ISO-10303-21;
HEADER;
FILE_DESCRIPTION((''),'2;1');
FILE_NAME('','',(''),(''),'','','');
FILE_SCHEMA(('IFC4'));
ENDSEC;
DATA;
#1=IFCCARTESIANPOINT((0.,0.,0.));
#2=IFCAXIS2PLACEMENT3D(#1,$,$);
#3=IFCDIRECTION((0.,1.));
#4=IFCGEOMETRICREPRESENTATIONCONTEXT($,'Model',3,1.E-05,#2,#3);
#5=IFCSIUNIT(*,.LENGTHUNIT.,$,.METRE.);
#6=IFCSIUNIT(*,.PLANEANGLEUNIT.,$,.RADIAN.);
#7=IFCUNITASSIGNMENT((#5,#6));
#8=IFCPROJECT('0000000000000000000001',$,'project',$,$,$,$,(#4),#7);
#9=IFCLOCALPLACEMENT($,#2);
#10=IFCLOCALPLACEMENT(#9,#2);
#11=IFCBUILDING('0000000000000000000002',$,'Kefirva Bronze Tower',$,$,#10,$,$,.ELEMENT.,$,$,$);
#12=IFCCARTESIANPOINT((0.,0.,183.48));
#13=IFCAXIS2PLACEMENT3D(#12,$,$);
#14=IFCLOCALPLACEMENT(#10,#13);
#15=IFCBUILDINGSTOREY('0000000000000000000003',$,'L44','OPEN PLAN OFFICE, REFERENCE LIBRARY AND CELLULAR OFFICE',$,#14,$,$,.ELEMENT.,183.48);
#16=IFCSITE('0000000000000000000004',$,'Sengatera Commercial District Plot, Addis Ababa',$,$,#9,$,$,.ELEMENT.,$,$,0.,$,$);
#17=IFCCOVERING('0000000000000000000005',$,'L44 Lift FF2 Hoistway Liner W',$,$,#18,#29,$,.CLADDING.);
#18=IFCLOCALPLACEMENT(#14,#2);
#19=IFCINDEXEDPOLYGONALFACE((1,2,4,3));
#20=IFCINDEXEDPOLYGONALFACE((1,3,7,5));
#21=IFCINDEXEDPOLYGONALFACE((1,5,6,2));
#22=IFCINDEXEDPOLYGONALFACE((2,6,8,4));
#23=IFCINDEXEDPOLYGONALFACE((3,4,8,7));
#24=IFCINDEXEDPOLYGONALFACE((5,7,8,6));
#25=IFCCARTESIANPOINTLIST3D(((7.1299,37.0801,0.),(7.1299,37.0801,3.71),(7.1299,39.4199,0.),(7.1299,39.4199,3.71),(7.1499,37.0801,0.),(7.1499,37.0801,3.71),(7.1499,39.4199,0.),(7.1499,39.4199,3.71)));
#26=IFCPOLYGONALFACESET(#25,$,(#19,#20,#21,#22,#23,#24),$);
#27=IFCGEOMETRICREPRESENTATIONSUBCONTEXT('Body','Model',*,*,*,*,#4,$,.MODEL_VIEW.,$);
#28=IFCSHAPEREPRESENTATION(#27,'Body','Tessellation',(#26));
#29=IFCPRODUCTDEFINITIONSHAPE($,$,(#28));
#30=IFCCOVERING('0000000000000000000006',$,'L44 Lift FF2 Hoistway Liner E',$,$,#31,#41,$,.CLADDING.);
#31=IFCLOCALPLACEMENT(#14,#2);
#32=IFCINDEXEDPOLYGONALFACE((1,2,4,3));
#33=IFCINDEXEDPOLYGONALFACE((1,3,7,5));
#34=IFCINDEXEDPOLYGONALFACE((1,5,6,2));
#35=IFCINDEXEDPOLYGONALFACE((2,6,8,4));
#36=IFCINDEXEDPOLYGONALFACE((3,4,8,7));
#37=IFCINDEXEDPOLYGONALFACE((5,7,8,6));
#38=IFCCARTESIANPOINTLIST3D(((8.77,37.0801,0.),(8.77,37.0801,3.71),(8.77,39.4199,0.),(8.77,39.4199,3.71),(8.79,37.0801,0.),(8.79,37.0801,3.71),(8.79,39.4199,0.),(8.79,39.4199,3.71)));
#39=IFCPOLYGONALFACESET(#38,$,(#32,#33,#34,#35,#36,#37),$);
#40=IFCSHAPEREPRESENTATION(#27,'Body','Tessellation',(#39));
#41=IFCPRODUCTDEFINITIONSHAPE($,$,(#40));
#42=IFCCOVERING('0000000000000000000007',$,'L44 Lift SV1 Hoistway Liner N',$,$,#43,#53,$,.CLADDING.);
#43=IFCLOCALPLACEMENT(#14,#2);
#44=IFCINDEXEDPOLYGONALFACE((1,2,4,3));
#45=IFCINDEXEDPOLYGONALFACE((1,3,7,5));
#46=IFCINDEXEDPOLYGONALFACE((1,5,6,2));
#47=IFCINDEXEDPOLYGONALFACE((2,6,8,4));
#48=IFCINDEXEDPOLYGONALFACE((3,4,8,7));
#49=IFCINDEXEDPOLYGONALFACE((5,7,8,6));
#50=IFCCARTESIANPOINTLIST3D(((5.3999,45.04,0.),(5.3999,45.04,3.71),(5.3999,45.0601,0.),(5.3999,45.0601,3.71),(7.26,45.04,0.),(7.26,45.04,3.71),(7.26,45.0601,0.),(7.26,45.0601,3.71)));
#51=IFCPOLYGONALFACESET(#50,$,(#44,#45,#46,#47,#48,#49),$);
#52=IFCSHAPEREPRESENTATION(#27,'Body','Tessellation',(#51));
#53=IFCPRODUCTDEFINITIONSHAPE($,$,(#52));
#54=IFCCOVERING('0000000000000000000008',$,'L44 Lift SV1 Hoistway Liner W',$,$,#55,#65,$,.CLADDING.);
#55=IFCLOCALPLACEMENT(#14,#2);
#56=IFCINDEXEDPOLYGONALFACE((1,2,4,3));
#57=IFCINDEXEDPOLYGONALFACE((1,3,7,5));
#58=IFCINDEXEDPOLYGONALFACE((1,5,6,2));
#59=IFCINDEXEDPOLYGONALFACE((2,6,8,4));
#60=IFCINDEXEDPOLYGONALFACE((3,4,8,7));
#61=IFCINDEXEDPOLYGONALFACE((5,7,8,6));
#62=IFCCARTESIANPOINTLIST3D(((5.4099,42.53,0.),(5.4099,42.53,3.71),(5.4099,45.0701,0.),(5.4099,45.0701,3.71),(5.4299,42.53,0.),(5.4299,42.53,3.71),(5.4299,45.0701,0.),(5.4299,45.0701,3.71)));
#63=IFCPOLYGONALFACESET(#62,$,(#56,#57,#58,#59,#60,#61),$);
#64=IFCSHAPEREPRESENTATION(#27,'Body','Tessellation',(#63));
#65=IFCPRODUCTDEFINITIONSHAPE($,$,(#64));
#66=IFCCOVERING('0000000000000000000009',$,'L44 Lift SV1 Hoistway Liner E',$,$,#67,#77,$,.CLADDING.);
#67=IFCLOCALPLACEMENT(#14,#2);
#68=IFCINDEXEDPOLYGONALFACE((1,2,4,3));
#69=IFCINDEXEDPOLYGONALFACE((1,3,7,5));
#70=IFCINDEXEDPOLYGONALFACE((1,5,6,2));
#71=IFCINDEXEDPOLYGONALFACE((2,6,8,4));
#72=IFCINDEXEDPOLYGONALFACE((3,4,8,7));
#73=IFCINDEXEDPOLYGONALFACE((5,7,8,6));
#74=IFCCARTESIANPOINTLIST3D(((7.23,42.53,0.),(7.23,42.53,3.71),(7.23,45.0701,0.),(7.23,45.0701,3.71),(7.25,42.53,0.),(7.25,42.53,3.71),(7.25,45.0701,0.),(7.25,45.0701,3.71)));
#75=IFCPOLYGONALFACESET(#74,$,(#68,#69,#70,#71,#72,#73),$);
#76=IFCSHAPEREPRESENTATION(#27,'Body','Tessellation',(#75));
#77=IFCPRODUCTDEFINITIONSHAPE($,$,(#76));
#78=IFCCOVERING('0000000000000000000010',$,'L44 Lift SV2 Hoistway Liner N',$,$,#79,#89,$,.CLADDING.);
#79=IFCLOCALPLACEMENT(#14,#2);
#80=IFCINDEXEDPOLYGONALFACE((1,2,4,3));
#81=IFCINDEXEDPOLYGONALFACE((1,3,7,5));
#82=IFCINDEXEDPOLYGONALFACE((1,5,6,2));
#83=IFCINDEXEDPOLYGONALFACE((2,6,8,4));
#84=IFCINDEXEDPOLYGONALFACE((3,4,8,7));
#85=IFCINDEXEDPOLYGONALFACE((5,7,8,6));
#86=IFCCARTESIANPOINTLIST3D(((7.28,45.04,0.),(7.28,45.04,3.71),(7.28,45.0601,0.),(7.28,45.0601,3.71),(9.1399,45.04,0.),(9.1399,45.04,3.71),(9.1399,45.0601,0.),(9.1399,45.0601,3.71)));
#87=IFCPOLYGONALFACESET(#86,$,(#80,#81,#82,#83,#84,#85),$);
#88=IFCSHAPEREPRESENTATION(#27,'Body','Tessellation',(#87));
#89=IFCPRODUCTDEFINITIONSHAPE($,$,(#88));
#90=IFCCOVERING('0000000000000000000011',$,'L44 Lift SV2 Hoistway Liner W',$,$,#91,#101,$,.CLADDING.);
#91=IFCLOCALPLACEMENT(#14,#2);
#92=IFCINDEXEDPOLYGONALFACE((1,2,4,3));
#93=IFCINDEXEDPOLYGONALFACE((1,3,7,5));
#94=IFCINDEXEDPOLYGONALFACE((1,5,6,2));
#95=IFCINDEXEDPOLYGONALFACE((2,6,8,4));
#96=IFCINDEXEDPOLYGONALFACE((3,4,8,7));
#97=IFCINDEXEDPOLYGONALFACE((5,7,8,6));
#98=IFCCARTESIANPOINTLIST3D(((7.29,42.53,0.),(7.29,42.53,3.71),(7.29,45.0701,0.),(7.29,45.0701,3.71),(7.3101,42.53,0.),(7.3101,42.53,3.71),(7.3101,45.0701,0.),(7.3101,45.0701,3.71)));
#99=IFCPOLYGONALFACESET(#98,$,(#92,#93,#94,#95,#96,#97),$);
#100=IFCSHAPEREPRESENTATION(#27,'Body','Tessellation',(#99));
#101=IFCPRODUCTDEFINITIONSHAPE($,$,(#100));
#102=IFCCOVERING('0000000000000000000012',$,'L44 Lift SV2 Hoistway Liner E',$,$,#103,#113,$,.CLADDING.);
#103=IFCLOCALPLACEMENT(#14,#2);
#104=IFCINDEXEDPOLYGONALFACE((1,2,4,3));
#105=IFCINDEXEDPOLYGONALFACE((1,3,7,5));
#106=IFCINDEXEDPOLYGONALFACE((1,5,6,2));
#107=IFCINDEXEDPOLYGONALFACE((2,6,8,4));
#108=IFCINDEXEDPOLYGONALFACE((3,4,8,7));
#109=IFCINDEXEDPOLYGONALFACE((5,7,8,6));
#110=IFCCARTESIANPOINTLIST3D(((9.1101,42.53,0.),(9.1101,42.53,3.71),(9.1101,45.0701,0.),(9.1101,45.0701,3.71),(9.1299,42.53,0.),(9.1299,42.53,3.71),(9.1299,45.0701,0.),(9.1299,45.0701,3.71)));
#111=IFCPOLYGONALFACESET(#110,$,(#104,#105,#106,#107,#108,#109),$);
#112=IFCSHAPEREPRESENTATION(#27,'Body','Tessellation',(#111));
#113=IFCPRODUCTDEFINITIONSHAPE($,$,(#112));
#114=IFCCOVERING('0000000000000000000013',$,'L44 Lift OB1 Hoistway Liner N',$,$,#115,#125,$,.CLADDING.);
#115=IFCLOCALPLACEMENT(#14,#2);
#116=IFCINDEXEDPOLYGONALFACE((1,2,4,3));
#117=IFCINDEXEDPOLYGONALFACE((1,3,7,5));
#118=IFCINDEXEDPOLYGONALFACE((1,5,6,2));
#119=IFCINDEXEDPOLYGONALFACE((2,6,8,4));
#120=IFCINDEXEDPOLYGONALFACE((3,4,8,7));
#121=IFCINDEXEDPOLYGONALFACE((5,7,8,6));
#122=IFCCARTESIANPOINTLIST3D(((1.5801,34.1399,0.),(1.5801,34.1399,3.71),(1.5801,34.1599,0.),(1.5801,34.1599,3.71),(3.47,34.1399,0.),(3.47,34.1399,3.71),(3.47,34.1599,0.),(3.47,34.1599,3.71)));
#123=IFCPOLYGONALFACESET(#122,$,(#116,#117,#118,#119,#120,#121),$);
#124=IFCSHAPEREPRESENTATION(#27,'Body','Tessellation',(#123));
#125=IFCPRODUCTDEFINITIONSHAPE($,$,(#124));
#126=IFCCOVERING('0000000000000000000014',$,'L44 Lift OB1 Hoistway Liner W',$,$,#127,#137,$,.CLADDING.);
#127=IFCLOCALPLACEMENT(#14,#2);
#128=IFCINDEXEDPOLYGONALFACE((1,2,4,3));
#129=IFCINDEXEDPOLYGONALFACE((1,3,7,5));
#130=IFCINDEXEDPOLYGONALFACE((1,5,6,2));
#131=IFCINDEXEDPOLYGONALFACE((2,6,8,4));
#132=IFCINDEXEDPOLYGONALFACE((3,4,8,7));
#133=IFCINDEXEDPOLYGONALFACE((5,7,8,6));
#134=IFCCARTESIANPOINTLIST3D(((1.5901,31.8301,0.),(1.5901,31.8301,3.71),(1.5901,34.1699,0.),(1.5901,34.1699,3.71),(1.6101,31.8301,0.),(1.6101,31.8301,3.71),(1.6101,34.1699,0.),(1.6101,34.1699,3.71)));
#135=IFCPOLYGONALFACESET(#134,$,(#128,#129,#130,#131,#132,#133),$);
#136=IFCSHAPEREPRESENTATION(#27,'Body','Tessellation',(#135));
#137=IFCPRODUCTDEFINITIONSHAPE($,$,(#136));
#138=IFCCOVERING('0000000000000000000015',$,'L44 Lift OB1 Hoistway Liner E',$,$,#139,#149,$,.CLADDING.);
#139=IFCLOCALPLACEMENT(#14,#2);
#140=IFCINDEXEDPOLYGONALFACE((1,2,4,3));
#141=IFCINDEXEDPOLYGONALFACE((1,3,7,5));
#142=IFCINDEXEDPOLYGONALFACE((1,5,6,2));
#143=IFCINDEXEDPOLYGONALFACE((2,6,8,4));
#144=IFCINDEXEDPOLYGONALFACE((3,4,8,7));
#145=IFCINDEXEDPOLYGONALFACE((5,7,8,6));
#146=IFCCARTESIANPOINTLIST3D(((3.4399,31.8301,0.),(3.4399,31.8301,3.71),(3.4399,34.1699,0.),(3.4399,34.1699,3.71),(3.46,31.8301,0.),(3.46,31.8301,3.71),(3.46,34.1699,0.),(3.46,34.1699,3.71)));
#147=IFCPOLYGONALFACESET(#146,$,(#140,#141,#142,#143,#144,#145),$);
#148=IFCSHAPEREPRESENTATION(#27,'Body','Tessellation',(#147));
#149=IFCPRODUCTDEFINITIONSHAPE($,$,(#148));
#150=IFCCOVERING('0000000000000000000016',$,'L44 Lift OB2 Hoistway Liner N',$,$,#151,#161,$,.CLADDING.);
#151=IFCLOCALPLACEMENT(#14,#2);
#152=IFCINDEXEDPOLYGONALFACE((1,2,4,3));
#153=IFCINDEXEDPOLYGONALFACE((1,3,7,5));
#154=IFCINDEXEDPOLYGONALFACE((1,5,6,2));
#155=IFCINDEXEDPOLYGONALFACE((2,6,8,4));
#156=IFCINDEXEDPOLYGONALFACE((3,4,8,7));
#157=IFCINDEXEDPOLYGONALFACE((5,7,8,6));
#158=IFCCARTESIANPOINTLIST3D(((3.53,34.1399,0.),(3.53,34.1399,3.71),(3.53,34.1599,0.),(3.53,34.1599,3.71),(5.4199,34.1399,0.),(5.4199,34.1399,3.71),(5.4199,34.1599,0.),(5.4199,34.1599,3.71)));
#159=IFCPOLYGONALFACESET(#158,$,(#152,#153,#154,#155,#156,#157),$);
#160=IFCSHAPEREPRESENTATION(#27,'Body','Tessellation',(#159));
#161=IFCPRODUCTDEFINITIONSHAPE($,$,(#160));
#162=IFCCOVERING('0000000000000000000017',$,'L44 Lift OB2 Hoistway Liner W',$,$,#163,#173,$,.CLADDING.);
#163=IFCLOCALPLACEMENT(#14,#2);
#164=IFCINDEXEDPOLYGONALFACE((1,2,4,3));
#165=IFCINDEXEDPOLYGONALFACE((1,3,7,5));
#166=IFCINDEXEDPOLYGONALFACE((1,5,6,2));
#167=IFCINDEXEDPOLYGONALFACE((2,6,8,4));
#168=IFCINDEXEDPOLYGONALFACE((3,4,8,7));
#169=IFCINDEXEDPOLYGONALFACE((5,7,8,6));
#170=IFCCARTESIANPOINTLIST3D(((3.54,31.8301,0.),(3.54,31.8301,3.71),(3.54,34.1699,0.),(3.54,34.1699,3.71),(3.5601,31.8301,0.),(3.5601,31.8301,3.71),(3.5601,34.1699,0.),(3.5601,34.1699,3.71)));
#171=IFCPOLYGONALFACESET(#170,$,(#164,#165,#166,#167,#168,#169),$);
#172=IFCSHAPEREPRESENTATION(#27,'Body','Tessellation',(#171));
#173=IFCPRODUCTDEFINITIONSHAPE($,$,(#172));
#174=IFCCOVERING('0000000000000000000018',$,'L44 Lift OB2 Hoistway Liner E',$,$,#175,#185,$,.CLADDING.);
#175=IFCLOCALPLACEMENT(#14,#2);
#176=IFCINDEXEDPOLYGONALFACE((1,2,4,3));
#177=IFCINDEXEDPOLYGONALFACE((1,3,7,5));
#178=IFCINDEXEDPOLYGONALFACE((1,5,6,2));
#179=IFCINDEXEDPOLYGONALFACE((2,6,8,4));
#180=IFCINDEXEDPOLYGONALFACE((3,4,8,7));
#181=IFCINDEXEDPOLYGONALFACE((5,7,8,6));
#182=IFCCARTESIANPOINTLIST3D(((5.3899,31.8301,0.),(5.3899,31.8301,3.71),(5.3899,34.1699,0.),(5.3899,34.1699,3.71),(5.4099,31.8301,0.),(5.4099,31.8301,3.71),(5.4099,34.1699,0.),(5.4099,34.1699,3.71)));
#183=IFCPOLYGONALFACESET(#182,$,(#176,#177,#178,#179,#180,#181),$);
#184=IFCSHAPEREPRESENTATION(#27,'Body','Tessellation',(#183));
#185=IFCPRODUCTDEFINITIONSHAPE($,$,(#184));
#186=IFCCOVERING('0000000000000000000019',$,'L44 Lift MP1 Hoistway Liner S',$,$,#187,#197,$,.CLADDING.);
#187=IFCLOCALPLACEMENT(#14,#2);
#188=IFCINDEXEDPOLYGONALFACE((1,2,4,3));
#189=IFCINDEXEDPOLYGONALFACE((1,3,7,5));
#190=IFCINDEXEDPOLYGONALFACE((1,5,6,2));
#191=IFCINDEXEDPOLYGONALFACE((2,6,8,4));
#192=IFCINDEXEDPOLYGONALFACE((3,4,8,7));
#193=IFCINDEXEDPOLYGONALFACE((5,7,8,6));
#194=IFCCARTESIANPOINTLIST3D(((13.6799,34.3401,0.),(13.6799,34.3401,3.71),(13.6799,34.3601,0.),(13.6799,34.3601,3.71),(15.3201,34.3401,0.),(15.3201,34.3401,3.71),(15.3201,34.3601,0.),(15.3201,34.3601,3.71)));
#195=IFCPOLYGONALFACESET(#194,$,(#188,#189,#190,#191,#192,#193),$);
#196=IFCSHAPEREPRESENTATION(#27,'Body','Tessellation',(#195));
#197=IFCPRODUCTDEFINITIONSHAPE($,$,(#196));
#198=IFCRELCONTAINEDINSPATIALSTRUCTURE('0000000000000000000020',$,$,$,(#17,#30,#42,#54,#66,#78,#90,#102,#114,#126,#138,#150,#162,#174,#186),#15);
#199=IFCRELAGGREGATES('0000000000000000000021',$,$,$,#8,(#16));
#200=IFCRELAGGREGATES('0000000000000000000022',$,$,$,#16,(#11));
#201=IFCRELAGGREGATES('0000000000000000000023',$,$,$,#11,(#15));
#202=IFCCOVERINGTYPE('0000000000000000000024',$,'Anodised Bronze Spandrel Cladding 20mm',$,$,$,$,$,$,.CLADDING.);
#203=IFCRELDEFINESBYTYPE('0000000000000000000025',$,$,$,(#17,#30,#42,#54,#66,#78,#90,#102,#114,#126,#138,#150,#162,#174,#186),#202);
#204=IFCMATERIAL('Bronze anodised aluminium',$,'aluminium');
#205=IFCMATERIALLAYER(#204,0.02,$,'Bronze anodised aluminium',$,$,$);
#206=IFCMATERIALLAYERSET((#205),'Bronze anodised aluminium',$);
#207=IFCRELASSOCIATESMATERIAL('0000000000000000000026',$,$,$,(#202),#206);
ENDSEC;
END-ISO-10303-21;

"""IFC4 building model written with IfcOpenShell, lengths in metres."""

from ifc_helpers import new_model, si_unit, direction, frame, origin, place, context, subcontext, project, spatial, polyline, outline, extrude, material, layer, layer_set, type_object, element, save


model = new_model("IFC4")

# Units and contexts
model_context = context("Model", 3, precision=1e-05, world=origin(), true_north=direction((0.0, 1.0)))
body_context = subcontext(model_context, "Body", "Model", "MODEL_VIEW")
ifc_project = project(units=[si_unit("LENGTHUNIT", "METRE"), si_unit("PLANEANGLEUNIT", "RADIAN")], contexts=[model_context])

# Site, building, storey
site_placement = place(None, origin())
site = spatial("IfcSite", under=ifc_project, at=site_placement, Name="Sengatera Commercial District Plot, Addis Ababa", CompositionType="ELEMENT", RefElevation=0.0)
building_placement = place(site_placement, origin())
building = spatial("IfcBuilding", under=site, at=building_placement, Name="Kefirva Bronze Tower", CompositionType="ELEMENT")
storey_placement = place(building_placement, frame((0.0, 0.0, 183.48)))
storey = spatial("IfcBuildingStorey", under=building, at=storey_placement, Name="L44", Description="OPEN PLAN OFFICE, REFERENCE LIBRARY AND CELLULAR OFFICE", CompositionType="ELEMENT", Elevation=183.48)

# Coverings
ifc_material_1 = material(Name="Bronze anodised aluminium", Category="aluminium")
ifc_layer_1 = layer(ifc_material_1, 0.02, Name="Bronze anodised aluminium")
ifc_layer_set_1 = layer_set([ifc_layer_1], Name="Bronze anodised aluminium")
covering_type = type_object("IfcCoveringType", Name="Anodised Bronze Spandrel Cladding 20mm", PredefinedType="CLADDING", material=ifc_layer_set_1)
covering_1_placement = place(storey_placement, origin())
element("IfcCovering", 1, at=covering_1_placement, inside=storey, type_object=covering_type, Name="L44 Lift FF2 Hoistway Liner W", PredefinedType="CLADDING", context=body_context, shape_type="SweptSolid", body=[
    extrude(outline(polyline([(7.1299, 37.0801), (7.1499, 37.0801), (7.1499, 39.4199), (7.1299, 39.4199), (7.1299, 37.0801)])), origin(), (0.0, 0.0, 1.0), 3.71),
])
covering_2_placement = place(storey_placement, origin())
element("IfcCovering", 2, at=covering_2_placement, inside=storey, type_object=covering_type, Name="L44 Lift FF2 Hoistway Liner E", PredefinedType="CLADDING", context=body_context, shape_type="SweptSolid", body=[
    extrude(outline(polyline([(8.77, 37.0801), (8.79, 37.0801), (8.79, 39.4199), (8.77, 39.4199), (8.77, 37.0801)])), origin(), (0.0, 0.0, 1.0), 3.71),
])
covering_3_placement = place(storey_placement, origin())
element("IfcCovering", 3, at=covering_3_placement, inside=storey, type_object=covering_type, Name="L44 Lift SV1 Hoistway Liner N", PredefinedType="CLADDING", context=body_context, shape_type="SweptSolid", body=[
    extrude(outline(polyline([(5.3999, 45.04), (7.26, 45.04), (7.26, 45.0601), (5.3999, 45.0601), (5.3999, 45.04)])), origin(), (0.0, 0.0, 1.0), 3.71),
])
covering_4_placement = place(storey_placement, origin())
element("IfcCovering", 4, at=covering_4_placement, inside=storey, type_object=covering_type, Name="L44 Lift SV1 Hoistway Liner W", PredefinedType="CLADDING", context=body_context, shape_type="SweptSolid", body=[
    extrude(outline(polyline([(5.4099, 42.53), (5.4299, 42.53), (5.4299, 45.0701), (5.4099, 45.0701), (5.4099, 42.53)])), origin(), (0.0, 0.0, 1.0), 3.71),
])
covering_5_placement = place(storey_placement, origin())
element("IfcCovering", 5, at=covering_5_placement, inside=storey, type_object=covering_type, Name="L44 Lift SV1 Hoistway Liner E", PredefinedType="CLADDING", context=body_context, shape_type="SweptSolid", body=[
    extrude(outline(polyline([(7.23, 42.53), (7.25, 42.53), (7.25, 45.0701), (7.23, 45.0701), (7.23, 42.53)])), origin(), (0.0, 0.0, 1.0), 3.71),
])
covering_6_placement = place(storey_placement, origin())
element("IfcCovering", 6, at=covering_6_placement, inside=storey, type_object=covering_type, Name="L44 Lift SV2 Hoistway Liner N", PredefinedType="CLADDING", context=body_context, shape_type="SweptSolid", body=[
    extrude(outline(polyline([(7.28, 45.04), (9.1399, 45.04), (9.1399, 45.0601), (7.28, 45.0601), (7.28, 45.04)])), origin(), (0.0, 0.0, 1.0), 3.71),
])
covering_7_placement = place(storey_placement, origin())
element("IfcCovering", 7, at=covering_7_placement, inside=storey, type_object=covering_type, Name="L44 Lift SV2 Hoistway Liner W", PredefinedType="CLADDING", context=body_context, shape_type="SweptSolid", body=[
    extrude(outline(polyline([(7.29, 42.53), (7.3101, 42.53), (7.3101, 45.0701), (7.29, 45.0701), (7.29, 42.53)])), origin(), (0.0, 0.0, 1.0), 3.71),
])
covering_8_placement = place(storey_placement, origin())
element("IfcCovering", 8, at=covering_8_placement, inside=storey, type_object=covering_type, Name="L44 Lift SV2 Hoistway Liner E", PredefinedType="CLADDING", context=body_context, shape_type="SweptSolid", body=[
    extrude(outline(polyline([(9.1101, 42.53), (9.1299, 42.53), (9.1299, 45.0701), (9.1101, 45.0701), (9.1101, 42.53)])), origin(), (0.0, 0.0, 1.0), 3.71),
])
covering_9_placement = place(storey_placement, origin())
element("IfcCovering", 9, at=covering_9_placement, inside=storey, type_object=covering_type, Name="L44 Lift OB1 Hoistway Liner N", PredefinedType="CLADDING", context=body_context, shape_type="SweptSolid", body=[
    extrude(outline(polyline([(1.5801, 34.1399), (3.47, 34.1399), (3.47, 34.1599), (1.5801, 34.1599), (1.5801, 34.1399)])), origin(), (0.0, 0.0, 1.0), 3.71),
])
covering_10_placement = place(storey_placement, origin())
element("IfcCovering", 10, at=covering_10_placement, inside=storey, type_object=covering_type, Name="L44 Lift OB1 Hoistway Liner W", PredefinedType="CLADDING", context=body_context, shape_type="SweptSolid", body=[
    extrude(outline(polyline([(1.5901, 31.8301), (1.6101, 31.8301), (1.6101, 34.1699), (1.5901, 34.1699), (1.5901, 31.8301)])), origin(), (0.0, 0.0, 1.0), 3.71),
])
covering_11_placement = place(storey_placement, origin())
element("IfcCovering", 11, at=covering_11_placement, inside=storey, type_object=covering_type, Name="L44 Lift OB1 Hoistway Liner E", PredefinedType="CLADDING", context=body_context, shape_type="SweptSolid", body=[
    extrude(outline(polyline([(3.4399, 31.8301), (3.46, 31.8301), (3.46, 34.1699), (3.4399, 34.1699), (3.4399, 31.8301)])), origin(), (0.0, 0.0, 1.0), 3.71),
])
covering_12_placement = place(storey_placement, origin())
element("IfcCovering", 12, at=covering_12_placement, inside=storey, type_object=covering_type, Name="L44 Lift OB2 Hoistway Liner N", PredefinedType="CLADDING", context=body_context, shape_type="SweptSolid", body=[
    extrude(outline(polyline([(3.53, 34.1399), (5.4199, 34.1399), (5.4199, 34.1599), (3.53, 34.1599), (3.53, 34.1399)])), origin(), (0.0, 0.0, 1.0), 3.71),
])
covering_13_placement = place(storey_placement, origin())
element("IfcCovering", 13, at=covering_13_placement, inside=storey, type_object=covering_type, Name="L44 Lift OB2 Hoistway Liner W", PredefinedType="CLADDING", context=body_context, shape_type="SweptSolid", body=[
    extrude(outline(polyline([(3.54, 31.8301), (3.5601, 31.8301), (3.5601, 34.1699), (3.54, 34.1699), (3.54, 31.8301)])), origin(), (0.0, 0.0, 1.0), 3.71),
])
covering_14_placement = place(storey_placement, origin())
element("IfcCovering", 14, at=covering_14_placement, inside=storey, type_object=covering_type, Name="L44 Lift OB2 Hoistway Liner E", PredefinedType="CLADDING", context=body_context, shape_type="SweptSolid", body=[
    extrude(outline(polyline([(5.3899, 31.8301), (5.4099, 31.8301), (5.4099, 34.1699), (5.3899, 34.1699), (5.3899, 31.8301)])), origin(), (0.0, 0.0, 1.0), 3.71),
])
covering_15_placement = place(storey_placement, origin())
element("IfcCovering", 15, at=covering_15_placement, inside=storey, type_object=covering_type, Name="L44 Lift MP1 Hoistway Liner S", PredefinedType="CLADDING", context=body_context, shape_type="SweptSolid", body=[
    extrude(outline(polyline([(13.6799, 34.3401), (15.3201, 34.3401), (15.3201, 34.3601), (13.6799, 34.3601), (13.6799, 34.3401)])), origin(), (0.0, 0.0, 1.0), 3.71),
])

save(model, "model.ifc")
